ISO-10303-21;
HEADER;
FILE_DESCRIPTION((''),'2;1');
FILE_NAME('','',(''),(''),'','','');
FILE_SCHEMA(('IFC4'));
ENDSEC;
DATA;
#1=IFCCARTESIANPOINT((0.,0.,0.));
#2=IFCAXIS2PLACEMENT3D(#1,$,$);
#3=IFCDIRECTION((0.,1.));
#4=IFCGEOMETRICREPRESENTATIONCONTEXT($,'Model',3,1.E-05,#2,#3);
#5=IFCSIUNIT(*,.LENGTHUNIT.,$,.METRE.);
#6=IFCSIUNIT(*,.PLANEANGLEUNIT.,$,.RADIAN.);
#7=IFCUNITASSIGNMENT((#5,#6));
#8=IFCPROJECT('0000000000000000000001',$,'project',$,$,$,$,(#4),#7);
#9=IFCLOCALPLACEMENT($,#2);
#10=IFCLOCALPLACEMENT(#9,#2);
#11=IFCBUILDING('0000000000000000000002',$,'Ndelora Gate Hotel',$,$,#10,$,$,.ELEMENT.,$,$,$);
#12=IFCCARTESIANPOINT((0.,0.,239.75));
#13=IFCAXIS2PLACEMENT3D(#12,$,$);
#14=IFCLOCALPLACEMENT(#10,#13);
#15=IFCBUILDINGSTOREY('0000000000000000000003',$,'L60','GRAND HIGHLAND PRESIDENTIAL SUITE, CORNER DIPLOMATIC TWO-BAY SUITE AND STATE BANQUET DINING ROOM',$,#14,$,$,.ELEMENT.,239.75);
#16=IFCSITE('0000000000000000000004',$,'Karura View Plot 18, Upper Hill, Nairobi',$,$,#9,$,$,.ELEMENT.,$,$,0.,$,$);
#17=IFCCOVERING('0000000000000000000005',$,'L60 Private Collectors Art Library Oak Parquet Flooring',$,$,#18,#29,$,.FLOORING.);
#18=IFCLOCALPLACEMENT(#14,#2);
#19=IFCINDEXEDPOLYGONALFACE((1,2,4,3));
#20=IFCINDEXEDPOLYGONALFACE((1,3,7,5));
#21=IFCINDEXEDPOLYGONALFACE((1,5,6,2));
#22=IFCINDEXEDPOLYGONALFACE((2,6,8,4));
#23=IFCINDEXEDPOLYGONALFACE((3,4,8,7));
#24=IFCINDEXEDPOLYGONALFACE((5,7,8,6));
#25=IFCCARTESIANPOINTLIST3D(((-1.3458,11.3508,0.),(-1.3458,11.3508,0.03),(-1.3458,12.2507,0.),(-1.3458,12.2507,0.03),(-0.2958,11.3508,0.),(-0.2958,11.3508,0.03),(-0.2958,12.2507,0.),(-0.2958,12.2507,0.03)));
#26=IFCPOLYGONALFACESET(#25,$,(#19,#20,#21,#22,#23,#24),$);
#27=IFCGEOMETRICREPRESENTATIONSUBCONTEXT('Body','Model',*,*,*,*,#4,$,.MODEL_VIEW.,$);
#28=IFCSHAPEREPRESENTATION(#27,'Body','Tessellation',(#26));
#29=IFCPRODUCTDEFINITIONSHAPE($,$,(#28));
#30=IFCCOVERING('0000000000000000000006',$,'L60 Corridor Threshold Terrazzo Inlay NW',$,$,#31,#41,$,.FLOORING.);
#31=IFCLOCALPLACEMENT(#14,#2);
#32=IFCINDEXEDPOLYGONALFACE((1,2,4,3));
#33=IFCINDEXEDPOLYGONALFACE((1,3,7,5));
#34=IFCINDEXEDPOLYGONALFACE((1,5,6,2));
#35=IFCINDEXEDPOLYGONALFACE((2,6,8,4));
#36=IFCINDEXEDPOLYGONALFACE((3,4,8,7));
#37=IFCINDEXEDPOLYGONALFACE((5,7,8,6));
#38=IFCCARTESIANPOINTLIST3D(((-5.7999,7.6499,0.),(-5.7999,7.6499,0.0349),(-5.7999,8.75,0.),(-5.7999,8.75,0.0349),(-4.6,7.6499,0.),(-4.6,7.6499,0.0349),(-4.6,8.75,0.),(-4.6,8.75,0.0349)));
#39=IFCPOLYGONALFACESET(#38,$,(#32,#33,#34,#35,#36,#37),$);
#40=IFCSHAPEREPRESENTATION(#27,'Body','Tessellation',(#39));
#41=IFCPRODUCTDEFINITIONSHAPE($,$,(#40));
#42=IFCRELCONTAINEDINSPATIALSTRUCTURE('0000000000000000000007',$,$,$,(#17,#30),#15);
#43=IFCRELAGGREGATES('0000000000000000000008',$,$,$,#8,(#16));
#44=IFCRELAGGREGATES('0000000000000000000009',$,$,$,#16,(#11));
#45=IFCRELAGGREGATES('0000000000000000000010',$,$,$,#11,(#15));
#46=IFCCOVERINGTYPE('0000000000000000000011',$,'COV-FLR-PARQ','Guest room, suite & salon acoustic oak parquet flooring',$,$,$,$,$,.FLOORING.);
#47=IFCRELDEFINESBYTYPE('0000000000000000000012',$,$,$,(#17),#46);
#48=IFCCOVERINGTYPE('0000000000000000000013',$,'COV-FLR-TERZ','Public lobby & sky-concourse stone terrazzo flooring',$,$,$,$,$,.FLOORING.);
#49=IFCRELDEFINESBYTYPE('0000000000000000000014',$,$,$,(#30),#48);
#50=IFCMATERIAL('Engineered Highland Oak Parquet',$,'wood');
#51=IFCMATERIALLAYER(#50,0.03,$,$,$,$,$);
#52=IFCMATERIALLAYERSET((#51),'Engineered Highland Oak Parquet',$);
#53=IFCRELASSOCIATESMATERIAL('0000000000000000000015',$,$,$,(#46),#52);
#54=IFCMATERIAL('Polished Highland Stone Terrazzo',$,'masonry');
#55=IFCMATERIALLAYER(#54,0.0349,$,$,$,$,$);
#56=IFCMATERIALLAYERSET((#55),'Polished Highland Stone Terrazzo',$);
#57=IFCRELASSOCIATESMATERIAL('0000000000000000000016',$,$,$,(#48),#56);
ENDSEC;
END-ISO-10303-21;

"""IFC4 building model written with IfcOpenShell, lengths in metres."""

from ifc_helpers import new_model, si_unit, direction, frame, origin, origin_2d, place, context, subcontext, project, spatial, rectangle, extrude, material, layer, layer_set, type_object, element, save


model = new_model("IFC4")

# Units and contexts
model_context = context("Model", 3, precision=1e-05, world=origin(), true_north=direction((0.0, 1.0)))
body_context = subcontext(model_context, "Body", "Model", "MODEL_VIEW")
ifc_project = project(units=[si_unit("LENGTHUNIT", "METRE"), si_unit("PLANEANGLEUNIT", "RADIAN")], contexts=[model_context])

# Site, building, storey
site_placement = place(None, origin())
site = spatial("IfcSite", under=ifc_project, at=site_placement, Name="Karura View Plot 18, Upper Hill, Nairobi", CompositionType="ELEMENT", RefElevation=0.0)
building_placement = place(site_placement, origin())
building = spatial("IfcBuilding", under=site, at=building_placement, Name="Ndelora Gate Hotel", CompositionType="ELEMENT")
storey_placement = place(building_placement, frame((0.0, 0.0, 239.75)))
storey = spatial("IfcBuildingStorey", under=building, at=storey_placement, Name="L60", Description="GRAND HIGHLAND PRESIDENTIAL SUITE, CORNER DIPLOMATIC TWO-BAY SUITE AND STATE BANQUET DINING ROOM", CompositionType="ELEMENT", Elevation=239.75)

# Coverings
ifc_material_1 = material(Name="Engineered Highland Oak Parquet", Category="wood")
ifc_layer_1 = layer(ifc_material_1, 0.03)
ifc_layer_set_1 = layer_set([ifc_layer_1], Name="Engineered Highland Oak Parquet")
covering_type_1 = type_object("IfcCoveringType", Name="COV-FLR-PARQ", Description="Guest room, suite & salon acoustic oak parquet flooring", PredefinedType="FLOORING", material=ifc_layer_set_1)
covering_1_placement = place(storey_placement, frame((-0.8208, 11.8008, 0.0), z_axis=(0.0, 0.0, 1.0), x_axis=(1.0, 0.0, 0.0)))
element("IfcCovering", 1, at=covering_1_placement, inside=storey, type_object=covering_type_1, Name="L60 Private Collectors Art Library Oak Parquet Flooring", PredefinedType="FLOORING", context=body_context, shape_type="SweptSolid", body=[
    extrude(rectangle(XDim=1.05, YDim=0.8999, at=origin_2d()), origin(), (0.0, 0.0, 1.0), 0.03),
])
ifc_material_2 = material(Name="Polished Highland Stone Terrazzo", Category="masonry")
ifc_layer_2 = layer(ifc_material_2, 0.0349)
ifc_layer_set_2 = layer_set([ifc_layer_2], Name="Polished Highland Stone Terrazzo")
covering_type_2 = type_object("IfcCoveringType", Name="COV-FLR-TERZ", Description="Public lobby & sky-concourse stone terrazzo flooring", PredefinedType="FLOORING", material=ifc_layer_set_2)
covering_2_placement = place(storey_placement, frame((-5.2, 8.2, 0.0), z_axis=(0.0, 0.0, 1.0), x_axis=(1.0, 0.0, 0.0)))
element("IfcCovering", 2, at=covering_2_placement, inside=storey, type_object=covering_type_2, Name="L60 Corridor Threshold Terrazzo Inlay NW", PredefinedType="FLOORING", context=body_context, shape_type="SweptSolid", body=[
    extrude(rectangle(XDim=1.2, YDim=1.1001, at=origin_2d()), origin(), (0.0, 0.0, 1.0), 0.0349),
])

save(model, "model.ifc")
